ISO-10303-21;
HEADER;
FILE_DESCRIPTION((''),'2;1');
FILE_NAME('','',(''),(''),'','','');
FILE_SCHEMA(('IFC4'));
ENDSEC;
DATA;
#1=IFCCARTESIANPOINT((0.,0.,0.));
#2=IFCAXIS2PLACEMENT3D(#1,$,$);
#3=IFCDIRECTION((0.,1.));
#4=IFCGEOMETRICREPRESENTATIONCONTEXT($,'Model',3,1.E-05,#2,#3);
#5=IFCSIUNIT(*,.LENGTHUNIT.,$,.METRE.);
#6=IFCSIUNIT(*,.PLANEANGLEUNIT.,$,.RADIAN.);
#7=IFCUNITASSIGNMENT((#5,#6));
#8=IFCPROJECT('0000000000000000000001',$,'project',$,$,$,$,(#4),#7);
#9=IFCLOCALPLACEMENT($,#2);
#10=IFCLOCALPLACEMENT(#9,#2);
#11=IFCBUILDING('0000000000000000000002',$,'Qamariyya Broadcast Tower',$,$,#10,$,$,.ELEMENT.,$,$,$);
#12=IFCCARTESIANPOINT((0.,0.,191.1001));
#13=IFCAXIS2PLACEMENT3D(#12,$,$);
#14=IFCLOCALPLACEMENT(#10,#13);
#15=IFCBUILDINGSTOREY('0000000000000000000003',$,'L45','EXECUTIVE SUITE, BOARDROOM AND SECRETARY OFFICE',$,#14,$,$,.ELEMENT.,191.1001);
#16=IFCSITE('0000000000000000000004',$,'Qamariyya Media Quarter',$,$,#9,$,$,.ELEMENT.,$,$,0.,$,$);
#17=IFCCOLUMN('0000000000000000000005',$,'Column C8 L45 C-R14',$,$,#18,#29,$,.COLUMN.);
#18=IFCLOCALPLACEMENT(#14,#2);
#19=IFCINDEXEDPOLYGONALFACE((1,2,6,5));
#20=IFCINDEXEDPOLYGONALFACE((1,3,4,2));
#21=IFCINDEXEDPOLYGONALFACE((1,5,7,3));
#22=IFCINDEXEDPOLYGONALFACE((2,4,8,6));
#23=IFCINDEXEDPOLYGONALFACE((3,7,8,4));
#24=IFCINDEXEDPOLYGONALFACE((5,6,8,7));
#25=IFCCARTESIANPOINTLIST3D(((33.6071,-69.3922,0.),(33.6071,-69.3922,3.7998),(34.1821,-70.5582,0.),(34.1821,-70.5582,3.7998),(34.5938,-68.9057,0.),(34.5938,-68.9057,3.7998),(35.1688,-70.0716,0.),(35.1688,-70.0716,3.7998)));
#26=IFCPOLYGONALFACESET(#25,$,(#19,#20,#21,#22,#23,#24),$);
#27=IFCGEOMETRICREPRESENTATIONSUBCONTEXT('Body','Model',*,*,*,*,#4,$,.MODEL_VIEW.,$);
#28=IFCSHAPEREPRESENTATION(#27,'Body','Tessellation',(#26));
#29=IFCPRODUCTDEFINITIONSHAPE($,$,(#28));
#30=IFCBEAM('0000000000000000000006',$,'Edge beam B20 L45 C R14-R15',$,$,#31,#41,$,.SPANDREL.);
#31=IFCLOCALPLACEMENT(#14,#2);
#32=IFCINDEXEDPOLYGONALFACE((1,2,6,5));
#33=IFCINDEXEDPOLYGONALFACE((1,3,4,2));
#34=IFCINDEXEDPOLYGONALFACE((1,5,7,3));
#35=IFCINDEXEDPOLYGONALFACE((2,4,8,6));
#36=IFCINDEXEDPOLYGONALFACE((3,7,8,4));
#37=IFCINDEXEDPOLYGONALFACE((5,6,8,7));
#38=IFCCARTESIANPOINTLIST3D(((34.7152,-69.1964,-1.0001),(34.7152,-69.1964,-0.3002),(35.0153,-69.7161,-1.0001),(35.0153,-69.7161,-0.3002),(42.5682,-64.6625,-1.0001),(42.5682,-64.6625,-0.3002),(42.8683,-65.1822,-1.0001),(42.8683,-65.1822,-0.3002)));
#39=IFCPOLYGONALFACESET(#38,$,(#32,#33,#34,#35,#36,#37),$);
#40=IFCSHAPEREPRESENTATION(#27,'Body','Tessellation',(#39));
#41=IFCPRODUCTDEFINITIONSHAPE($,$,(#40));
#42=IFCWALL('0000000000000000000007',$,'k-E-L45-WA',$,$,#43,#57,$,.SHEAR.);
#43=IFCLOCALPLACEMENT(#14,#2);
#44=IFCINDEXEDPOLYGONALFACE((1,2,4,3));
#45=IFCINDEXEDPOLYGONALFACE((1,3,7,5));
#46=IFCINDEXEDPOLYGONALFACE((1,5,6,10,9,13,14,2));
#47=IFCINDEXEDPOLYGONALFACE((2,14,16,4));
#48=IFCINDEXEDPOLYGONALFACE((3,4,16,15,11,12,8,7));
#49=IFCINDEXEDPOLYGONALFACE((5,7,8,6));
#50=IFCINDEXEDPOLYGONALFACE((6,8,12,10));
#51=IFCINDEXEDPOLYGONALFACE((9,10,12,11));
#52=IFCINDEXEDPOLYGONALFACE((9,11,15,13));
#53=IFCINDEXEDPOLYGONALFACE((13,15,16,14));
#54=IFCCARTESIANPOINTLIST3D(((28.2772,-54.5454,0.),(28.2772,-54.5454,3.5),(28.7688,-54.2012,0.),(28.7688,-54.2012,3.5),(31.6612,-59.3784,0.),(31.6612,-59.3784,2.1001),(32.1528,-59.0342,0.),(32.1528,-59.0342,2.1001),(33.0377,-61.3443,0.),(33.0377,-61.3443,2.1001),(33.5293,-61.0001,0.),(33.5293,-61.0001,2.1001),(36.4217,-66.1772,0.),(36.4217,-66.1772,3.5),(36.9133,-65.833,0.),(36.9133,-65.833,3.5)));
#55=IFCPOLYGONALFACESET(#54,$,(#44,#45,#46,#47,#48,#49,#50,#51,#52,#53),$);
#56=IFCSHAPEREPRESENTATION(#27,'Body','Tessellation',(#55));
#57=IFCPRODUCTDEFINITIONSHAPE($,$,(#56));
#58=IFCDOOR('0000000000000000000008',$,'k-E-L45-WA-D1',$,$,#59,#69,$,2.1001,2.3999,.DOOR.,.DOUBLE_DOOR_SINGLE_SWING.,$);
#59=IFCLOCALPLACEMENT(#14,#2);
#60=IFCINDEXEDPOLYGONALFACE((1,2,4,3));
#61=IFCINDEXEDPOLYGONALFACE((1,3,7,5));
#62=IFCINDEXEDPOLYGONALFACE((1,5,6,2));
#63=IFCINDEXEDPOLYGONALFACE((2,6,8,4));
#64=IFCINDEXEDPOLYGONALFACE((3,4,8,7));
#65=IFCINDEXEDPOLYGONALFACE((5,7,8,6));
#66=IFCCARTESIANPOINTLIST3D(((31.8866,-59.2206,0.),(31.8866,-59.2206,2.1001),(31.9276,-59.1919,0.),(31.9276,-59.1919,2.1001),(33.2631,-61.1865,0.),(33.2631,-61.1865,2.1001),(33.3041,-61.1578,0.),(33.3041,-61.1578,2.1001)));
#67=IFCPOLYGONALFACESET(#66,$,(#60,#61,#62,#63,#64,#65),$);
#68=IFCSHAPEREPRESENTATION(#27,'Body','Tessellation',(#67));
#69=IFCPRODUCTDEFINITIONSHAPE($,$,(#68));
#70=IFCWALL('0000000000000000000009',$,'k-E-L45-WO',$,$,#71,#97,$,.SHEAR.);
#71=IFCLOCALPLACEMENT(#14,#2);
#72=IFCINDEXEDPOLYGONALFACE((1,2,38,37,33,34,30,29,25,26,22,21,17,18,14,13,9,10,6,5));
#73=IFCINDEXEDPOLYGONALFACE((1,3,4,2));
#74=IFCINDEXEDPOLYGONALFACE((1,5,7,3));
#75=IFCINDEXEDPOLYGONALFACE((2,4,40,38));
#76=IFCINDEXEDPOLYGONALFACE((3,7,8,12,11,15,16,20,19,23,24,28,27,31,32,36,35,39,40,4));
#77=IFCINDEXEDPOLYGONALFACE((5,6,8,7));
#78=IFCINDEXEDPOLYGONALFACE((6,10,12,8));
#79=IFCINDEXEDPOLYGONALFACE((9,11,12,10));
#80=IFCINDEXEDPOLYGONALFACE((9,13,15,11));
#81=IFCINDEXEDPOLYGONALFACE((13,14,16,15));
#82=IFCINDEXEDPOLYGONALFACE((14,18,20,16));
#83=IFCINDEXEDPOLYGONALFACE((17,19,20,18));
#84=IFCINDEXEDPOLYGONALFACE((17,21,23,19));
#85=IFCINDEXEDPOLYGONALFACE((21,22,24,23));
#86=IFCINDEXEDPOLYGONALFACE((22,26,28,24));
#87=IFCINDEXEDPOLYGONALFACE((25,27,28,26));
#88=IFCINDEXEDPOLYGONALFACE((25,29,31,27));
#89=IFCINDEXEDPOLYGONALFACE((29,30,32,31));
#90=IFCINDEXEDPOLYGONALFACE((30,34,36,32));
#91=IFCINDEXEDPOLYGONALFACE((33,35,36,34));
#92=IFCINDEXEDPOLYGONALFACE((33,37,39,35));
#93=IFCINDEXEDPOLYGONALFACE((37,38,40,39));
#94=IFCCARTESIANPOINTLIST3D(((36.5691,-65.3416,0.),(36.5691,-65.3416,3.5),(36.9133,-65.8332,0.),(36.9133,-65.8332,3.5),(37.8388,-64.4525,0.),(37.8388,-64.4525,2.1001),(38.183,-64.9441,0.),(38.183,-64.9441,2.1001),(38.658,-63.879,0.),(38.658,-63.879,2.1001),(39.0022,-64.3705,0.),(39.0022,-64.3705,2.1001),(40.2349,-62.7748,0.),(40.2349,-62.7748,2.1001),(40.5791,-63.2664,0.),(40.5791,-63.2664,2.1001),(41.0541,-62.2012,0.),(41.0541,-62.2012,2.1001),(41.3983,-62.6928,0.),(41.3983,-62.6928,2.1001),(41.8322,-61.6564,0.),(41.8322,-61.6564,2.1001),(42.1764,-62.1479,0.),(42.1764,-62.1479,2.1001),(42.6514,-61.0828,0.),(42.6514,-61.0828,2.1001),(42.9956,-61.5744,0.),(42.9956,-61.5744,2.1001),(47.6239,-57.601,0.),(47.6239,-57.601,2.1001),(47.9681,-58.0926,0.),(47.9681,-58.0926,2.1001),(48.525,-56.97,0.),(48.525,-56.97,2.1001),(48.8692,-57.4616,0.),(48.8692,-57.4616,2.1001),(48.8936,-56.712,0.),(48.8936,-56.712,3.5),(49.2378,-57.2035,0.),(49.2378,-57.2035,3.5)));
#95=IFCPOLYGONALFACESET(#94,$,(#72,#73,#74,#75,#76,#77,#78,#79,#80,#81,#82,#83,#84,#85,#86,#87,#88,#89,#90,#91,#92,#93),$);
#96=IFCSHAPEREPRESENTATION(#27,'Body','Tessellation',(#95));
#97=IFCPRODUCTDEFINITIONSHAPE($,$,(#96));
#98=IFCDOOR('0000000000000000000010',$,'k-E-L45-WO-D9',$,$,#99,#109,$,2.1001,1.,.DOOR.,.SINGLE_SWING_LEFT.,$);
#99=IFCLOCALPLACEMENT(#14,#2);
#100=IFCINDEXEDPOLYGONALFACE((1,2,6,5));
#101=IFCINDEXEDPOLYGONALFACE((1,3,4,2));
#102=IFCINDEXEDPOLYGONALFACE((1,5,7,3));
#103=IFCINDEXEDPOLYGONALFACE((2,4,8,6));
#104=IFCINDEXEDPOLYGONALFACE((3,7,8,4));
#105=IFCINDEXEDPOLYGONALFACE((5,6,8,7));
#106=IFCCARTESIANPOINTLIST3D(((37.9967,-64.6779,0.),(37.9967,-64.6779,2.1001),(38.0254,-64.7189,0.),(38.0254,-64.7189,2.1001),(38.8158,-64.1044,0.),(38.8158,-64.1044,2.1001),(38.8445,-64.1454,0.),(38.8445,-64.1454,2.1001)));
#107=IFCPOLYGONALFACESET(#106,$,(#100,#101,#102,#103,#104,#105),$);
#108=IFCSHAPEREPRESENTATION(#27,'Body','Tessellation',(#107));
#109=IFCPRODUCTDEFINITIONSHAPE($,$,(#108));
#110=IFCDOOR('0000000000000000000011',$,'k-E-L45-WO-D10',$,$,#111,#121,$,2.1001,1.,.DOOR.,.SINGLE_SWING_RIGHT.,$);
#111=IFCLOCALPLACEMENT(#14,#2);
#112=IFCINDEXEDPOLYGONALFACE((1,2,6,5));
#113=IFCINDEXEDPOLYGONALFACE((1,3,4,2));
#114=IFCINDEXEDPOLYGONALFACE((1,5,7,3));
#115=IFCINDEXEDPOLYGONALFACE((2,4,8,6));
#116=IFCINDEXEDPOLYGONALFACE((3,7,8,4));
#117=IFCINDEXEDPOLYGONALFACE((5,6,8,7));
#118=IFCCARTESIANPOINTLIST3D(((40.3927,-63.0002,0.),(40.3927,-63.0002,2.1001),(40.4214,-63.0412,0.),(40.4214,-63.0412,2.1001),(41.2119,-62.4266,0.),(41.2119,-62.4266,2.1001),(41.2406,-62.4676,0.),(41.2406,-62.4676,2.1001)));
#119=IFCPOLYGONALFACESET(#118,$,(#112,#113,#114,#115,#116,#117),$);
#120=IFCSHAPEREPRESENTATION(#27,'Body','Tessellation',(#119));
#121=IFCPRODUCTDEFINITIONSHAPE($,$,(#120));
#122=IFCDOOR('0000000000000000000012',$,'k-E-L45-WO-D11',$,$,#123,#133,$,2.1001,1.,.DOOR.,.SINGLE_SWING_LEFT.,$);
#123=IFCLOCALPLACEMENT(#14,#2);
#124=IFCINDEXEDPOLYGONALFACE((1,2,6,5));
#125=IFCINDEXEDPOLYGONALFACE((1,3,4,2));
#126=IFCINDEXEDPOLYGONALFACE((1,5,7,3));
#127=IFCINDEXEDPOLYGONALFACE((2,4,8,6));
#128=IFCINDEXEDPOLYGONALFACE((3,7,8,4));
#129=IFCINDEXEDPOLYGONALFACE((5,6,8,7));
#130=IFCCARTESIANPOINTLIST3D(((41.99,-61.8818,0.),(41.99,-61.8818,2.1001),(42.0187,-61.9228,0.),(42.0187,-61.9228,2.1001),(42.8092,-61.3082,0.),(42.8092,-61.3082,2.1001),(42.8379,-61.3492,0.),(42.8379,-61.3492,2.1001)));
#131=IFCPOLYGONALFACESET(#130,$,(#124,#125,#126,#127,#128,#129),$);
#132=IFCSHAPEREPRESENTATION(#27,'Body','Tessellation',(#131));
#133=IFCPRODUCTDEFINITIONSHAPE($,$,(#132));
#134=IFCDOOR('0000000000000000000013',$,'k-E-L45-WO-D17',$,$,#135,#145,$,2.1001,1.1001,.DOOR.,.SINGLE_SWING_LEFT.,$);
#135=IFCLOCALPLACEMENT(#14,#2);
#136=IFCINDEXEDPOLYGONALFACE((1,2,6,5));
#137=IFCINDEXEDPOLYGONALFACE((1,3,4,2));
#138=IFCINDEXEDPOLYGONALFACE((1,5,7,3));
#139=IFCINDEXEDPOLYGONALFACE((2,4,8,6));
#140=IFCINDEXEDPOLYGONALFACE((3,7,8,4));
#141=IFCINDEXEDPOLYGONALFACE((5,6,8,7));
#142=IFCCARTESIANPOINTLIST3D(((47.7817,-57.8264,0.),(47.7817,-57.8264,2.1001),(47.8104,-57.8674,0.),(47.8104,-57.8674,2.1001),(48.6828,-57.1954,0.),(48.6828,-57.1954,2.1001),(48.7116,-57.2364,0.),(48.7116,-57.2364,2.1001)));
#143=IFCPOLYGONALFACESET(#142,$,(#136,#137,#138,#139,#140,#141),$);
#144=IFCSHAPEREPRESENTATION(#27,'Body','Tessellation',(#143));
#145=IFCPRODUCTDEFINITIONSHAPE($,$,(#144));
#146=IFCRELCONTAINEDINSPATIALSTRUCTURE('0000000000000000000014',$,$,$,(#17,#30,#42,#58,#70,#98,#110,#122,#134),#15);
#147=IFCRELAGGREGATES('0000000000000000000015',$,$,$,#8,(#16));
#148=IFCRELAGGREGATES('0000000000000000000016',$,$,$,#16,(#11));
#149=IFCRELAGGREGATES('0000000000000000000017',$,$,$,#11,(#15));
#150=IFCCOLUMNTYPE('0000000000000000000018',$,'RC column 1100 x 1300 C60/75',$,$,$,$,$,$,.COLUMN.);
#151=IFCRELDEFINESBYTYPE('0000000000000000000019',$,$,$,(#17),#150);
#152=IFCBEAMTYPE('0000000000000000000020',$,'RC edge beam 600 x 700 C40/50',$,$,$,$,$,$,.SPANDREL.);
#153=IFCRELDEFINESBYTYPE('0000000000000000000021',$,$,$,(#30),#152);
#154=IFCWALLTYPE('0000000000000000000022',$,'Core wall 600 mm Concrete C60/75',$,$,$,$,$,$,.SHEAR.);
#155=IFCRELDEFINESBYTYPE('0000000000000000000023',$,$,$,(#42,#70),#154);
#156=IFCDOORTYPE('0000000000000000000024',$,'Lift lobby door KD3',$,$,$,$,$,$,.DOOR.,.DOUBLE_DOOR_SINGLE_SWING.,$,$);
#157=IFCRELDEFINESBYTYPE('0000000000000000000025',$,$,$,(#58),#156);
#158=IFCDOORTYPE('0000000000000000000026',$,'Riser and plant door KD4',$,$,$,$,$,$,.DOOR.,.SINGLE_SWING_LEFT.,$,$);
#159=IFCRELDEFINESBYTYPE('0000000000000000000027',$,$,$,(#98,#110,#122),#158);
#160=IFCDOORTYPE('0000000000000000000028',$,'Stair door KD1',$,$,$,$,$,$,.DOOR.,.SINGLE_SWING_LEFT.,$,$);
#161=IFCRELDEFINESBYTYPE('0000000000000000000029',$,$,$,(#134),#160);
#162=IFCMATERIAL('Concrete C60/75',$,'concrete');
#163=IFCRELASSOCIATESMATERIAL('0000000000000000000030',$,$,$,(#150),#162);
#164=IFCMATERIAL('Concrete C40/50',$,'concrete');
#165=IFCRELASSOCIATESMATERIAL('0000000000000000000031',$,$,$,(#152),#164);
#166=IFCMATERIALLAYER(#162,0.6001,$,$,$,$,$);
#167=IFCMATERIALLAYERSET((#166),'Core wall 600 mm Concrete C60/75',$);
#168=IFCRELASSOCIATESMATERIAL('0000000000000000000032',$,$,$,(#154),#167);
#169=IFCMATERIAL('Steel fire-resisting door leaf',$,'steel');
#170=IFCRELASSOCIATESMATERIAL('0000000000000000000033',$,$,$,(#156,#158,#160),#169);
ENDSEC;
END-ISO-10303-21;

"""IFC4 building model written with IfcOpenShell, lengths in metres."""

from ifc_helpers import new_model, si_unit, direction, frame, frame_2d, origin, origin_2d, place, context, subcontext, project, spatial, rectangle, extrude, material, layer, layer_set, material_profile, profile_set, type_object, element, fill, save


model = new_model("IFC4")

# Units and contexts
model_context = context("Model", 3, precision=1e-05, world=origin(), true_north=direction((0.0, 1.0)))
body_context = subcontext(model_context, "Body", "Model", "MODEL_VIEW")
ifc_project = project(units=[si_unit("LENGTHUNIT", "METRE"), si_unit("PLANEANGLEUNIT", "RADIAN")], contexts=[model_context])

# Site, building, storey
site_placement = place(None, origin())
site = spatial("IfcSite", under=ifc_project, at=site_placement, Name="Qamariyya Media Quarter", CompositionType="ELEMENT", RefElevation=0.0)
building_placement = place(site_placement, origin())
building = spatial("IfcBuilding", under=site, at=building_placement, Name="Qamariyya Broadcast Tower", CompositionType="ELEMENT")
storey_placement = place(building_placement, frame((0.0, 0.0, 191.1001)))
storey = spatial("IfcBuildingStorey", under=building, at=storey_placement, Name="L45", Description="EXECUTIVE SUITE, BOARDROOM AND SECRETARY OFFICE", CompositionType="ELEMENT", Elevation=191.1001)

# Column
ifc_material_1 = material(Name="Concrete C60/75", Category="concrete")
ifc_material_profile_1 = material_profile(ifc_material_1, rectangle(XDim=1.1001, YDim=1.3, at=origin_2d()))
ifc_profile_set_1 = profile_set([ifc_material_profile_1], Name="Concrete C60/75")
column_type = type_object("IfcColumnType", Name="RC column 1100 x 1300 C60/75", PredefinedType="COLUMN", material=ifc_profile_set_1)
column_placement = place(storey_placement, frame((34.3879, -69.7319, 0.0), z_axis=(0.0, 0.0, 1.0), x_axis=(0.896873, 0.442289, 0.0)))
element("IfcColumn", 1, at=column_placement, inside=storey, type_object=column_type, Name="Column C8 L45 C-R14", PredefinedType="COLUMN", context=body_context, shape_type="SweptSolid", body=[
    extrude(rectangle(XDim=1.1001, YDim=1.3, at=origin_2d()), origin(), (0.0, 0.0, 1.0), 3.7998),
])

# Beam
ifc_material_2 = material(Name="Concrete C40/50", Category="concrete")
ifc_material_profile_2 = material_profile(ifc_material_2, rectangle(XDim=0.6001, YDim=0.7, at=origin_2d()))
ifc_profile_set_2 = profile_set([ifc_material_profile_2], Name="Concrete C40/50")
beam_type = type_object("IfcBeamType", Name="RC edge beam 600 x 700 C40/50", PredefinedType="SPANDREL", material=ifc_profile_set_2)
beam_placement = place(storey_placement, frame((34.8652, -69.4563, -0.6501), z_axis=(0.866026, 0.499999, 0.0), x_axis=(-0.499999, 0.866026, 0.0)))
element("IfcBeam", 2, at=beam_placement, inside=storey, type_object=beam_type, Name="Edge beam B20 L45 C R14-R15", PredefinedType="SPANDREL", context=body_context, shape_type="SweptSolid", body=[
    extrude(rectangle(XDim=0.6001, YDim=0.7, at=origin_2d()), origin(), (0.0, 0.0, 1.0), 9.0679),
])

# Wall, opening, door
ifc_layer_1 = layer(ifc_material_1, 0.6001)
ifc_layer_set_1 = layer_set([ifc_layer_1], Name="Core wall 600 mm Concrete C60/75")
wall_type_1 = type_object("IfcWallType", Name="Core wall 600 mm Concrete C60/75", PredefinedType="SHEAR", material=ifc_layer_set_1)
wall_1_placement = place(storey_placement, frame((36.6675, -66.0051, 0.0), z_axis=(0.0, 0.0, 1.0), x_axis=(-0.573568, 0.819158, 0.0)))
wall_1 = element("IfcWall", 3, at=wall_1_placement, inside=storey, type_object=wall_type_1, Name="k-E-L45-WA", PredefinedType="SHEAR", context=body_context, shape_type="SweptSolid", body=[
    extrude(rectangle(XDim=14.1997, YDim=0.6001, at=frame_2d((7.0999, 0.0))), origin(), (0.0, 0.0, 1.0), 3.5),
])
opening_1_placement = place(wall_1_placement, frame((5.8999, 0.0, 0.0)))
opening_1 = element("IfcOpeningElement", 4, at=opening_1_placement, cuts=wall_1, PredefinedType="OPENING", context=body_context, shape_type="SweptSolid", body=[
    extrude(rectangle(XDim=2.3999, YDim=2.1001, at=frame_2d((1.2, 1.05))), frame((0.0, 0.3101, 0.0), z_axis=(0.0, -1.0, 0.0), x_axis=(1.0, 0.0, 0.0)), (0.0, 0.0, 1.0), 0.6201),
])
ifc_material_3 = material(Name="Steel fire-resisting door leaf", Category="steel")
door_type_1 = type_object("IfcDoorType", Name="Lift lobby door KD3", OperationType="DOUBLE_DOOR_SINGLE_SWING", PredefinedType="DOOR", material=ifc_material_3)
door_1_placement = place(opening_1_placement, origin())
door_1 = element("IfcDoor", 5, at=door_1_placement, inside=storey, type_object=door_type_1, Name="k-E-L45-WA-D1", OperationType="DOUBLE_DOOR_SINGLE_SWING", OverallHeight=2.1001, OverallWidth=2.3999, PredefinedType="DOOR", context=body_context, shape_type="SweptSolid", body=[
    extrude(rectangle(XDim=2.3999, YDim=2.1001, at=frame_2d((1.2, 1.05))), frame((0.0, 0.0249, 0.0), z_axis=(0.0, -1.0, 0.0), x_axis=(1.0, 0.0, 0.0)), (0.0, 0.0, 1.0), 0.05),
])
fill(opening_1, door_1)

# Wall, openings, doors
wall_2_placement = place(storey_placement, frame((36.7412, -65.5874, 0.0), z_axis=(0.0, 0.0, 1.0), x_axis=(0.819153, 0.573575, 0.0)))
wall_2 = element("IfcWall", 6, at=wall_2_placement, inside=storey, type_object=wall_type_1, Name="k-E-L45-WO", PredefinedType="SHEAR", context=body_context, shape_type="SweptSolid", body=[
    extrude(rectangle(XDim=15.0454, YDim=0.6001, at=frame_2d((7.5227, 0.0))), origin(), (0.0, 0.0, 1.0), 3.5),
])
opening_2_placement = place(wall_2_placement, frame((1.55, 0.0, 0.0)))
opening_2 = element("IfcOpeningElement", 7, at=opening_2_placement, cuts=wall_2, PredefinedType="OPENING", context=body_context, shape_type="SweptSolid", body=[
    extrude(rectangle(XDim=1.0, YDim=2.1001, at=frame_2d((0.5, 1.05))), frame((0.0, 0.3101, 0.0), z_axis=(0.0, -1.0, 0.0), x_axis=(1.0, 0.0, 0.0)), (0.0, 0.0, 1.0), 0.6201),
])
opening_3_placement = place(wall_2_placement, frame((4.4751, 0.0, 0.0)))
opening_3 = element("IfcOpeningElement", 8, at=opening_3_placement, cuts=wall_2, PredefinedType="OPENING", context=body_context, shape_type="SweptSolid", body=[
    extrude(rectangle(XDim=1.0, YDim=2.1001, at=frame_2d((0.5, 1.05))), frame((0.0, 0.3101, 0.0), z_axis=(0.0, -1.0, 0.0), x_axis=(1.0, 0.0, 0.0)), (0.0, 0.0, 1.0), 0.6201),
])
opening_4_placement = place(wall_2_placement, frame((6.425, 0.0, 0.0)))
opening_4 = element("IfcOpeningElement", 9, at=opening_4_placement, cuts=wall_2, PredefinedType="OPENING", context=body_context, shape_type="SweptSolid", body=[
    extrude(rectangle(XDim=1.0, YDim=2.1001, at=frame_2d((0.5, 1.05))), frame((0.0, 0.3101, 0.0), z_axis=(0.0, -1.0, 0.0), x_axis=(1.0, 0.0, 0.0)), (0.0, 0.0, 1.0), 0.6201),
])
opening_5_placement = place(wall_2_placement, frame((13.4954, 0.0, 0.0)))
opening_5 = element("IfcOpeningElement", 10, at=opening_5_placement, cuts=wall_2, PredefinedType="OPENING", context=body_context, shape_type="SweptSolid", body=[
    extrude(rectangle(XDim=1.1001, YDim=2.1001, at=frame_2d((0.55, 1.05))), frame((0.0, 0.3101, 0.0), z_axis=(0.0, -1.0, 0.0), x_axis=(1.0, 0.0, 0.0)), (0.0, 0.0, 1.0), 0.6201),
])
door_type_2 = type_object("IfcDoorType", Name="Riser and plant door KD4", OperationType="SINGLE_SWING_LEFT", PredefinedType="DOOR", material=ifc_material_3)
door_2_placement = place(opening_2_placement, origin())
door_2 = element("IfcDoor", 11, at=door_2_placement, inside=storey, type_object=door_type_2, Name="k-E-L45-WO-D9", OperationType="SINGLE_SWING_LEFT", OverallHeight=2.1001, OverallWidth=1.0, PredefinedType="DOOR", context=body_context, shape_type="SweptSolid", body=[
    extrude(rectangle(XDim=1.0, YDim=2.1001, at=frame_2d((0.5, 1.05))), frame((0.0, 0.0249, 0.0), z_axis=(0.0, -1.0, 0.0), x_axis=(1.0, 0.0, 0.0)), (0.0, 0.0, 1.0), 0.05),
])
fill(opening_2, door_2)
door_3_placement = place(opening_3_placement, origin())
door_3 = element("IfcDoor", 12, at=door_3_placement, inside=storey, type_object=door_type_2, Name="k-E-L45-WO-D10", OperationType="SINGLE_SWING_RIGHT", OverallHeight=2.1001, OverallWidth=1.0, PredefinedType="DOOR", context=body_context, shape_type="SweptSolid", body=[
    extrude(rectangle(XDim=1.0, YDim=2.1001, at=frame_2d((0.5, 1.05))), frame((0.0, 0.0249, 0.0), z_axis=(0.0, -1.0, 0.0), x_axis=(1.0, 0.0, 0.0)), (0.0, 0.0, 1.0), 0.05),
])
fill(opening_3, door_3)
door_4_placement = place(opening_4_placement, origin())
door_4 = element("IfcDoor", 13, at=door_4_placement, inside=storey, type_object=door_type_2, Name="k-E-L45-WO-D11", OperationType="SINGLE_SWING_LEFT", OverallHeight=2.1001, OverallWidth=1.0, PredefinedType="DOOR", context=body_context, shape_type="SweptSolid", body=[
    extrude(rectangle(XDim=1.0, YDim=2.1001, at=frame_2d((0.5, 1.05))), frame((0.0, 0.0249, 0.0), z_axis=(0.0, -1.0, 0.0), x_axis=(1.0, 0.0, 0.0)), (0.0, 0.0, 1.0), 0.05),
])
fill(opening_4, door_4)
door_type_3 = type_object("IfcDoorType", Name="Stair door KD1", OperationType="SINGLE_SWING_LEFT", PredefinedType="DOOR", material=ifc_material_3)
door_5_placement = place(opening_5_placement, origin())
door_5 = element("IfcDoor", 14, at=door_5_placement, inside=storey, type_object=door_type_3, Name="k-E-L45-WO-D17", OperationType="SINGLE_SWING_LEFT", OverallHeight=2.1001, OverallWidth=1.1001, PredefinedType="DOOR", context=body_context, shape_type="SweptSolid", body=[
    extrude(rectangle(XDim=1.1001, YDim=2.1001, at=frame_2d((0.55, 1.05))), frame((0.0, 0.0249, 0.0), z_axis=(0.0, -1.0, 0.0), x_axis=(1.0, 0.0, 0.0)), (0.0, 0.0, 1.0), 0.05),
])
fill(opening_5, door_5)

save(model, "model.ifc")
